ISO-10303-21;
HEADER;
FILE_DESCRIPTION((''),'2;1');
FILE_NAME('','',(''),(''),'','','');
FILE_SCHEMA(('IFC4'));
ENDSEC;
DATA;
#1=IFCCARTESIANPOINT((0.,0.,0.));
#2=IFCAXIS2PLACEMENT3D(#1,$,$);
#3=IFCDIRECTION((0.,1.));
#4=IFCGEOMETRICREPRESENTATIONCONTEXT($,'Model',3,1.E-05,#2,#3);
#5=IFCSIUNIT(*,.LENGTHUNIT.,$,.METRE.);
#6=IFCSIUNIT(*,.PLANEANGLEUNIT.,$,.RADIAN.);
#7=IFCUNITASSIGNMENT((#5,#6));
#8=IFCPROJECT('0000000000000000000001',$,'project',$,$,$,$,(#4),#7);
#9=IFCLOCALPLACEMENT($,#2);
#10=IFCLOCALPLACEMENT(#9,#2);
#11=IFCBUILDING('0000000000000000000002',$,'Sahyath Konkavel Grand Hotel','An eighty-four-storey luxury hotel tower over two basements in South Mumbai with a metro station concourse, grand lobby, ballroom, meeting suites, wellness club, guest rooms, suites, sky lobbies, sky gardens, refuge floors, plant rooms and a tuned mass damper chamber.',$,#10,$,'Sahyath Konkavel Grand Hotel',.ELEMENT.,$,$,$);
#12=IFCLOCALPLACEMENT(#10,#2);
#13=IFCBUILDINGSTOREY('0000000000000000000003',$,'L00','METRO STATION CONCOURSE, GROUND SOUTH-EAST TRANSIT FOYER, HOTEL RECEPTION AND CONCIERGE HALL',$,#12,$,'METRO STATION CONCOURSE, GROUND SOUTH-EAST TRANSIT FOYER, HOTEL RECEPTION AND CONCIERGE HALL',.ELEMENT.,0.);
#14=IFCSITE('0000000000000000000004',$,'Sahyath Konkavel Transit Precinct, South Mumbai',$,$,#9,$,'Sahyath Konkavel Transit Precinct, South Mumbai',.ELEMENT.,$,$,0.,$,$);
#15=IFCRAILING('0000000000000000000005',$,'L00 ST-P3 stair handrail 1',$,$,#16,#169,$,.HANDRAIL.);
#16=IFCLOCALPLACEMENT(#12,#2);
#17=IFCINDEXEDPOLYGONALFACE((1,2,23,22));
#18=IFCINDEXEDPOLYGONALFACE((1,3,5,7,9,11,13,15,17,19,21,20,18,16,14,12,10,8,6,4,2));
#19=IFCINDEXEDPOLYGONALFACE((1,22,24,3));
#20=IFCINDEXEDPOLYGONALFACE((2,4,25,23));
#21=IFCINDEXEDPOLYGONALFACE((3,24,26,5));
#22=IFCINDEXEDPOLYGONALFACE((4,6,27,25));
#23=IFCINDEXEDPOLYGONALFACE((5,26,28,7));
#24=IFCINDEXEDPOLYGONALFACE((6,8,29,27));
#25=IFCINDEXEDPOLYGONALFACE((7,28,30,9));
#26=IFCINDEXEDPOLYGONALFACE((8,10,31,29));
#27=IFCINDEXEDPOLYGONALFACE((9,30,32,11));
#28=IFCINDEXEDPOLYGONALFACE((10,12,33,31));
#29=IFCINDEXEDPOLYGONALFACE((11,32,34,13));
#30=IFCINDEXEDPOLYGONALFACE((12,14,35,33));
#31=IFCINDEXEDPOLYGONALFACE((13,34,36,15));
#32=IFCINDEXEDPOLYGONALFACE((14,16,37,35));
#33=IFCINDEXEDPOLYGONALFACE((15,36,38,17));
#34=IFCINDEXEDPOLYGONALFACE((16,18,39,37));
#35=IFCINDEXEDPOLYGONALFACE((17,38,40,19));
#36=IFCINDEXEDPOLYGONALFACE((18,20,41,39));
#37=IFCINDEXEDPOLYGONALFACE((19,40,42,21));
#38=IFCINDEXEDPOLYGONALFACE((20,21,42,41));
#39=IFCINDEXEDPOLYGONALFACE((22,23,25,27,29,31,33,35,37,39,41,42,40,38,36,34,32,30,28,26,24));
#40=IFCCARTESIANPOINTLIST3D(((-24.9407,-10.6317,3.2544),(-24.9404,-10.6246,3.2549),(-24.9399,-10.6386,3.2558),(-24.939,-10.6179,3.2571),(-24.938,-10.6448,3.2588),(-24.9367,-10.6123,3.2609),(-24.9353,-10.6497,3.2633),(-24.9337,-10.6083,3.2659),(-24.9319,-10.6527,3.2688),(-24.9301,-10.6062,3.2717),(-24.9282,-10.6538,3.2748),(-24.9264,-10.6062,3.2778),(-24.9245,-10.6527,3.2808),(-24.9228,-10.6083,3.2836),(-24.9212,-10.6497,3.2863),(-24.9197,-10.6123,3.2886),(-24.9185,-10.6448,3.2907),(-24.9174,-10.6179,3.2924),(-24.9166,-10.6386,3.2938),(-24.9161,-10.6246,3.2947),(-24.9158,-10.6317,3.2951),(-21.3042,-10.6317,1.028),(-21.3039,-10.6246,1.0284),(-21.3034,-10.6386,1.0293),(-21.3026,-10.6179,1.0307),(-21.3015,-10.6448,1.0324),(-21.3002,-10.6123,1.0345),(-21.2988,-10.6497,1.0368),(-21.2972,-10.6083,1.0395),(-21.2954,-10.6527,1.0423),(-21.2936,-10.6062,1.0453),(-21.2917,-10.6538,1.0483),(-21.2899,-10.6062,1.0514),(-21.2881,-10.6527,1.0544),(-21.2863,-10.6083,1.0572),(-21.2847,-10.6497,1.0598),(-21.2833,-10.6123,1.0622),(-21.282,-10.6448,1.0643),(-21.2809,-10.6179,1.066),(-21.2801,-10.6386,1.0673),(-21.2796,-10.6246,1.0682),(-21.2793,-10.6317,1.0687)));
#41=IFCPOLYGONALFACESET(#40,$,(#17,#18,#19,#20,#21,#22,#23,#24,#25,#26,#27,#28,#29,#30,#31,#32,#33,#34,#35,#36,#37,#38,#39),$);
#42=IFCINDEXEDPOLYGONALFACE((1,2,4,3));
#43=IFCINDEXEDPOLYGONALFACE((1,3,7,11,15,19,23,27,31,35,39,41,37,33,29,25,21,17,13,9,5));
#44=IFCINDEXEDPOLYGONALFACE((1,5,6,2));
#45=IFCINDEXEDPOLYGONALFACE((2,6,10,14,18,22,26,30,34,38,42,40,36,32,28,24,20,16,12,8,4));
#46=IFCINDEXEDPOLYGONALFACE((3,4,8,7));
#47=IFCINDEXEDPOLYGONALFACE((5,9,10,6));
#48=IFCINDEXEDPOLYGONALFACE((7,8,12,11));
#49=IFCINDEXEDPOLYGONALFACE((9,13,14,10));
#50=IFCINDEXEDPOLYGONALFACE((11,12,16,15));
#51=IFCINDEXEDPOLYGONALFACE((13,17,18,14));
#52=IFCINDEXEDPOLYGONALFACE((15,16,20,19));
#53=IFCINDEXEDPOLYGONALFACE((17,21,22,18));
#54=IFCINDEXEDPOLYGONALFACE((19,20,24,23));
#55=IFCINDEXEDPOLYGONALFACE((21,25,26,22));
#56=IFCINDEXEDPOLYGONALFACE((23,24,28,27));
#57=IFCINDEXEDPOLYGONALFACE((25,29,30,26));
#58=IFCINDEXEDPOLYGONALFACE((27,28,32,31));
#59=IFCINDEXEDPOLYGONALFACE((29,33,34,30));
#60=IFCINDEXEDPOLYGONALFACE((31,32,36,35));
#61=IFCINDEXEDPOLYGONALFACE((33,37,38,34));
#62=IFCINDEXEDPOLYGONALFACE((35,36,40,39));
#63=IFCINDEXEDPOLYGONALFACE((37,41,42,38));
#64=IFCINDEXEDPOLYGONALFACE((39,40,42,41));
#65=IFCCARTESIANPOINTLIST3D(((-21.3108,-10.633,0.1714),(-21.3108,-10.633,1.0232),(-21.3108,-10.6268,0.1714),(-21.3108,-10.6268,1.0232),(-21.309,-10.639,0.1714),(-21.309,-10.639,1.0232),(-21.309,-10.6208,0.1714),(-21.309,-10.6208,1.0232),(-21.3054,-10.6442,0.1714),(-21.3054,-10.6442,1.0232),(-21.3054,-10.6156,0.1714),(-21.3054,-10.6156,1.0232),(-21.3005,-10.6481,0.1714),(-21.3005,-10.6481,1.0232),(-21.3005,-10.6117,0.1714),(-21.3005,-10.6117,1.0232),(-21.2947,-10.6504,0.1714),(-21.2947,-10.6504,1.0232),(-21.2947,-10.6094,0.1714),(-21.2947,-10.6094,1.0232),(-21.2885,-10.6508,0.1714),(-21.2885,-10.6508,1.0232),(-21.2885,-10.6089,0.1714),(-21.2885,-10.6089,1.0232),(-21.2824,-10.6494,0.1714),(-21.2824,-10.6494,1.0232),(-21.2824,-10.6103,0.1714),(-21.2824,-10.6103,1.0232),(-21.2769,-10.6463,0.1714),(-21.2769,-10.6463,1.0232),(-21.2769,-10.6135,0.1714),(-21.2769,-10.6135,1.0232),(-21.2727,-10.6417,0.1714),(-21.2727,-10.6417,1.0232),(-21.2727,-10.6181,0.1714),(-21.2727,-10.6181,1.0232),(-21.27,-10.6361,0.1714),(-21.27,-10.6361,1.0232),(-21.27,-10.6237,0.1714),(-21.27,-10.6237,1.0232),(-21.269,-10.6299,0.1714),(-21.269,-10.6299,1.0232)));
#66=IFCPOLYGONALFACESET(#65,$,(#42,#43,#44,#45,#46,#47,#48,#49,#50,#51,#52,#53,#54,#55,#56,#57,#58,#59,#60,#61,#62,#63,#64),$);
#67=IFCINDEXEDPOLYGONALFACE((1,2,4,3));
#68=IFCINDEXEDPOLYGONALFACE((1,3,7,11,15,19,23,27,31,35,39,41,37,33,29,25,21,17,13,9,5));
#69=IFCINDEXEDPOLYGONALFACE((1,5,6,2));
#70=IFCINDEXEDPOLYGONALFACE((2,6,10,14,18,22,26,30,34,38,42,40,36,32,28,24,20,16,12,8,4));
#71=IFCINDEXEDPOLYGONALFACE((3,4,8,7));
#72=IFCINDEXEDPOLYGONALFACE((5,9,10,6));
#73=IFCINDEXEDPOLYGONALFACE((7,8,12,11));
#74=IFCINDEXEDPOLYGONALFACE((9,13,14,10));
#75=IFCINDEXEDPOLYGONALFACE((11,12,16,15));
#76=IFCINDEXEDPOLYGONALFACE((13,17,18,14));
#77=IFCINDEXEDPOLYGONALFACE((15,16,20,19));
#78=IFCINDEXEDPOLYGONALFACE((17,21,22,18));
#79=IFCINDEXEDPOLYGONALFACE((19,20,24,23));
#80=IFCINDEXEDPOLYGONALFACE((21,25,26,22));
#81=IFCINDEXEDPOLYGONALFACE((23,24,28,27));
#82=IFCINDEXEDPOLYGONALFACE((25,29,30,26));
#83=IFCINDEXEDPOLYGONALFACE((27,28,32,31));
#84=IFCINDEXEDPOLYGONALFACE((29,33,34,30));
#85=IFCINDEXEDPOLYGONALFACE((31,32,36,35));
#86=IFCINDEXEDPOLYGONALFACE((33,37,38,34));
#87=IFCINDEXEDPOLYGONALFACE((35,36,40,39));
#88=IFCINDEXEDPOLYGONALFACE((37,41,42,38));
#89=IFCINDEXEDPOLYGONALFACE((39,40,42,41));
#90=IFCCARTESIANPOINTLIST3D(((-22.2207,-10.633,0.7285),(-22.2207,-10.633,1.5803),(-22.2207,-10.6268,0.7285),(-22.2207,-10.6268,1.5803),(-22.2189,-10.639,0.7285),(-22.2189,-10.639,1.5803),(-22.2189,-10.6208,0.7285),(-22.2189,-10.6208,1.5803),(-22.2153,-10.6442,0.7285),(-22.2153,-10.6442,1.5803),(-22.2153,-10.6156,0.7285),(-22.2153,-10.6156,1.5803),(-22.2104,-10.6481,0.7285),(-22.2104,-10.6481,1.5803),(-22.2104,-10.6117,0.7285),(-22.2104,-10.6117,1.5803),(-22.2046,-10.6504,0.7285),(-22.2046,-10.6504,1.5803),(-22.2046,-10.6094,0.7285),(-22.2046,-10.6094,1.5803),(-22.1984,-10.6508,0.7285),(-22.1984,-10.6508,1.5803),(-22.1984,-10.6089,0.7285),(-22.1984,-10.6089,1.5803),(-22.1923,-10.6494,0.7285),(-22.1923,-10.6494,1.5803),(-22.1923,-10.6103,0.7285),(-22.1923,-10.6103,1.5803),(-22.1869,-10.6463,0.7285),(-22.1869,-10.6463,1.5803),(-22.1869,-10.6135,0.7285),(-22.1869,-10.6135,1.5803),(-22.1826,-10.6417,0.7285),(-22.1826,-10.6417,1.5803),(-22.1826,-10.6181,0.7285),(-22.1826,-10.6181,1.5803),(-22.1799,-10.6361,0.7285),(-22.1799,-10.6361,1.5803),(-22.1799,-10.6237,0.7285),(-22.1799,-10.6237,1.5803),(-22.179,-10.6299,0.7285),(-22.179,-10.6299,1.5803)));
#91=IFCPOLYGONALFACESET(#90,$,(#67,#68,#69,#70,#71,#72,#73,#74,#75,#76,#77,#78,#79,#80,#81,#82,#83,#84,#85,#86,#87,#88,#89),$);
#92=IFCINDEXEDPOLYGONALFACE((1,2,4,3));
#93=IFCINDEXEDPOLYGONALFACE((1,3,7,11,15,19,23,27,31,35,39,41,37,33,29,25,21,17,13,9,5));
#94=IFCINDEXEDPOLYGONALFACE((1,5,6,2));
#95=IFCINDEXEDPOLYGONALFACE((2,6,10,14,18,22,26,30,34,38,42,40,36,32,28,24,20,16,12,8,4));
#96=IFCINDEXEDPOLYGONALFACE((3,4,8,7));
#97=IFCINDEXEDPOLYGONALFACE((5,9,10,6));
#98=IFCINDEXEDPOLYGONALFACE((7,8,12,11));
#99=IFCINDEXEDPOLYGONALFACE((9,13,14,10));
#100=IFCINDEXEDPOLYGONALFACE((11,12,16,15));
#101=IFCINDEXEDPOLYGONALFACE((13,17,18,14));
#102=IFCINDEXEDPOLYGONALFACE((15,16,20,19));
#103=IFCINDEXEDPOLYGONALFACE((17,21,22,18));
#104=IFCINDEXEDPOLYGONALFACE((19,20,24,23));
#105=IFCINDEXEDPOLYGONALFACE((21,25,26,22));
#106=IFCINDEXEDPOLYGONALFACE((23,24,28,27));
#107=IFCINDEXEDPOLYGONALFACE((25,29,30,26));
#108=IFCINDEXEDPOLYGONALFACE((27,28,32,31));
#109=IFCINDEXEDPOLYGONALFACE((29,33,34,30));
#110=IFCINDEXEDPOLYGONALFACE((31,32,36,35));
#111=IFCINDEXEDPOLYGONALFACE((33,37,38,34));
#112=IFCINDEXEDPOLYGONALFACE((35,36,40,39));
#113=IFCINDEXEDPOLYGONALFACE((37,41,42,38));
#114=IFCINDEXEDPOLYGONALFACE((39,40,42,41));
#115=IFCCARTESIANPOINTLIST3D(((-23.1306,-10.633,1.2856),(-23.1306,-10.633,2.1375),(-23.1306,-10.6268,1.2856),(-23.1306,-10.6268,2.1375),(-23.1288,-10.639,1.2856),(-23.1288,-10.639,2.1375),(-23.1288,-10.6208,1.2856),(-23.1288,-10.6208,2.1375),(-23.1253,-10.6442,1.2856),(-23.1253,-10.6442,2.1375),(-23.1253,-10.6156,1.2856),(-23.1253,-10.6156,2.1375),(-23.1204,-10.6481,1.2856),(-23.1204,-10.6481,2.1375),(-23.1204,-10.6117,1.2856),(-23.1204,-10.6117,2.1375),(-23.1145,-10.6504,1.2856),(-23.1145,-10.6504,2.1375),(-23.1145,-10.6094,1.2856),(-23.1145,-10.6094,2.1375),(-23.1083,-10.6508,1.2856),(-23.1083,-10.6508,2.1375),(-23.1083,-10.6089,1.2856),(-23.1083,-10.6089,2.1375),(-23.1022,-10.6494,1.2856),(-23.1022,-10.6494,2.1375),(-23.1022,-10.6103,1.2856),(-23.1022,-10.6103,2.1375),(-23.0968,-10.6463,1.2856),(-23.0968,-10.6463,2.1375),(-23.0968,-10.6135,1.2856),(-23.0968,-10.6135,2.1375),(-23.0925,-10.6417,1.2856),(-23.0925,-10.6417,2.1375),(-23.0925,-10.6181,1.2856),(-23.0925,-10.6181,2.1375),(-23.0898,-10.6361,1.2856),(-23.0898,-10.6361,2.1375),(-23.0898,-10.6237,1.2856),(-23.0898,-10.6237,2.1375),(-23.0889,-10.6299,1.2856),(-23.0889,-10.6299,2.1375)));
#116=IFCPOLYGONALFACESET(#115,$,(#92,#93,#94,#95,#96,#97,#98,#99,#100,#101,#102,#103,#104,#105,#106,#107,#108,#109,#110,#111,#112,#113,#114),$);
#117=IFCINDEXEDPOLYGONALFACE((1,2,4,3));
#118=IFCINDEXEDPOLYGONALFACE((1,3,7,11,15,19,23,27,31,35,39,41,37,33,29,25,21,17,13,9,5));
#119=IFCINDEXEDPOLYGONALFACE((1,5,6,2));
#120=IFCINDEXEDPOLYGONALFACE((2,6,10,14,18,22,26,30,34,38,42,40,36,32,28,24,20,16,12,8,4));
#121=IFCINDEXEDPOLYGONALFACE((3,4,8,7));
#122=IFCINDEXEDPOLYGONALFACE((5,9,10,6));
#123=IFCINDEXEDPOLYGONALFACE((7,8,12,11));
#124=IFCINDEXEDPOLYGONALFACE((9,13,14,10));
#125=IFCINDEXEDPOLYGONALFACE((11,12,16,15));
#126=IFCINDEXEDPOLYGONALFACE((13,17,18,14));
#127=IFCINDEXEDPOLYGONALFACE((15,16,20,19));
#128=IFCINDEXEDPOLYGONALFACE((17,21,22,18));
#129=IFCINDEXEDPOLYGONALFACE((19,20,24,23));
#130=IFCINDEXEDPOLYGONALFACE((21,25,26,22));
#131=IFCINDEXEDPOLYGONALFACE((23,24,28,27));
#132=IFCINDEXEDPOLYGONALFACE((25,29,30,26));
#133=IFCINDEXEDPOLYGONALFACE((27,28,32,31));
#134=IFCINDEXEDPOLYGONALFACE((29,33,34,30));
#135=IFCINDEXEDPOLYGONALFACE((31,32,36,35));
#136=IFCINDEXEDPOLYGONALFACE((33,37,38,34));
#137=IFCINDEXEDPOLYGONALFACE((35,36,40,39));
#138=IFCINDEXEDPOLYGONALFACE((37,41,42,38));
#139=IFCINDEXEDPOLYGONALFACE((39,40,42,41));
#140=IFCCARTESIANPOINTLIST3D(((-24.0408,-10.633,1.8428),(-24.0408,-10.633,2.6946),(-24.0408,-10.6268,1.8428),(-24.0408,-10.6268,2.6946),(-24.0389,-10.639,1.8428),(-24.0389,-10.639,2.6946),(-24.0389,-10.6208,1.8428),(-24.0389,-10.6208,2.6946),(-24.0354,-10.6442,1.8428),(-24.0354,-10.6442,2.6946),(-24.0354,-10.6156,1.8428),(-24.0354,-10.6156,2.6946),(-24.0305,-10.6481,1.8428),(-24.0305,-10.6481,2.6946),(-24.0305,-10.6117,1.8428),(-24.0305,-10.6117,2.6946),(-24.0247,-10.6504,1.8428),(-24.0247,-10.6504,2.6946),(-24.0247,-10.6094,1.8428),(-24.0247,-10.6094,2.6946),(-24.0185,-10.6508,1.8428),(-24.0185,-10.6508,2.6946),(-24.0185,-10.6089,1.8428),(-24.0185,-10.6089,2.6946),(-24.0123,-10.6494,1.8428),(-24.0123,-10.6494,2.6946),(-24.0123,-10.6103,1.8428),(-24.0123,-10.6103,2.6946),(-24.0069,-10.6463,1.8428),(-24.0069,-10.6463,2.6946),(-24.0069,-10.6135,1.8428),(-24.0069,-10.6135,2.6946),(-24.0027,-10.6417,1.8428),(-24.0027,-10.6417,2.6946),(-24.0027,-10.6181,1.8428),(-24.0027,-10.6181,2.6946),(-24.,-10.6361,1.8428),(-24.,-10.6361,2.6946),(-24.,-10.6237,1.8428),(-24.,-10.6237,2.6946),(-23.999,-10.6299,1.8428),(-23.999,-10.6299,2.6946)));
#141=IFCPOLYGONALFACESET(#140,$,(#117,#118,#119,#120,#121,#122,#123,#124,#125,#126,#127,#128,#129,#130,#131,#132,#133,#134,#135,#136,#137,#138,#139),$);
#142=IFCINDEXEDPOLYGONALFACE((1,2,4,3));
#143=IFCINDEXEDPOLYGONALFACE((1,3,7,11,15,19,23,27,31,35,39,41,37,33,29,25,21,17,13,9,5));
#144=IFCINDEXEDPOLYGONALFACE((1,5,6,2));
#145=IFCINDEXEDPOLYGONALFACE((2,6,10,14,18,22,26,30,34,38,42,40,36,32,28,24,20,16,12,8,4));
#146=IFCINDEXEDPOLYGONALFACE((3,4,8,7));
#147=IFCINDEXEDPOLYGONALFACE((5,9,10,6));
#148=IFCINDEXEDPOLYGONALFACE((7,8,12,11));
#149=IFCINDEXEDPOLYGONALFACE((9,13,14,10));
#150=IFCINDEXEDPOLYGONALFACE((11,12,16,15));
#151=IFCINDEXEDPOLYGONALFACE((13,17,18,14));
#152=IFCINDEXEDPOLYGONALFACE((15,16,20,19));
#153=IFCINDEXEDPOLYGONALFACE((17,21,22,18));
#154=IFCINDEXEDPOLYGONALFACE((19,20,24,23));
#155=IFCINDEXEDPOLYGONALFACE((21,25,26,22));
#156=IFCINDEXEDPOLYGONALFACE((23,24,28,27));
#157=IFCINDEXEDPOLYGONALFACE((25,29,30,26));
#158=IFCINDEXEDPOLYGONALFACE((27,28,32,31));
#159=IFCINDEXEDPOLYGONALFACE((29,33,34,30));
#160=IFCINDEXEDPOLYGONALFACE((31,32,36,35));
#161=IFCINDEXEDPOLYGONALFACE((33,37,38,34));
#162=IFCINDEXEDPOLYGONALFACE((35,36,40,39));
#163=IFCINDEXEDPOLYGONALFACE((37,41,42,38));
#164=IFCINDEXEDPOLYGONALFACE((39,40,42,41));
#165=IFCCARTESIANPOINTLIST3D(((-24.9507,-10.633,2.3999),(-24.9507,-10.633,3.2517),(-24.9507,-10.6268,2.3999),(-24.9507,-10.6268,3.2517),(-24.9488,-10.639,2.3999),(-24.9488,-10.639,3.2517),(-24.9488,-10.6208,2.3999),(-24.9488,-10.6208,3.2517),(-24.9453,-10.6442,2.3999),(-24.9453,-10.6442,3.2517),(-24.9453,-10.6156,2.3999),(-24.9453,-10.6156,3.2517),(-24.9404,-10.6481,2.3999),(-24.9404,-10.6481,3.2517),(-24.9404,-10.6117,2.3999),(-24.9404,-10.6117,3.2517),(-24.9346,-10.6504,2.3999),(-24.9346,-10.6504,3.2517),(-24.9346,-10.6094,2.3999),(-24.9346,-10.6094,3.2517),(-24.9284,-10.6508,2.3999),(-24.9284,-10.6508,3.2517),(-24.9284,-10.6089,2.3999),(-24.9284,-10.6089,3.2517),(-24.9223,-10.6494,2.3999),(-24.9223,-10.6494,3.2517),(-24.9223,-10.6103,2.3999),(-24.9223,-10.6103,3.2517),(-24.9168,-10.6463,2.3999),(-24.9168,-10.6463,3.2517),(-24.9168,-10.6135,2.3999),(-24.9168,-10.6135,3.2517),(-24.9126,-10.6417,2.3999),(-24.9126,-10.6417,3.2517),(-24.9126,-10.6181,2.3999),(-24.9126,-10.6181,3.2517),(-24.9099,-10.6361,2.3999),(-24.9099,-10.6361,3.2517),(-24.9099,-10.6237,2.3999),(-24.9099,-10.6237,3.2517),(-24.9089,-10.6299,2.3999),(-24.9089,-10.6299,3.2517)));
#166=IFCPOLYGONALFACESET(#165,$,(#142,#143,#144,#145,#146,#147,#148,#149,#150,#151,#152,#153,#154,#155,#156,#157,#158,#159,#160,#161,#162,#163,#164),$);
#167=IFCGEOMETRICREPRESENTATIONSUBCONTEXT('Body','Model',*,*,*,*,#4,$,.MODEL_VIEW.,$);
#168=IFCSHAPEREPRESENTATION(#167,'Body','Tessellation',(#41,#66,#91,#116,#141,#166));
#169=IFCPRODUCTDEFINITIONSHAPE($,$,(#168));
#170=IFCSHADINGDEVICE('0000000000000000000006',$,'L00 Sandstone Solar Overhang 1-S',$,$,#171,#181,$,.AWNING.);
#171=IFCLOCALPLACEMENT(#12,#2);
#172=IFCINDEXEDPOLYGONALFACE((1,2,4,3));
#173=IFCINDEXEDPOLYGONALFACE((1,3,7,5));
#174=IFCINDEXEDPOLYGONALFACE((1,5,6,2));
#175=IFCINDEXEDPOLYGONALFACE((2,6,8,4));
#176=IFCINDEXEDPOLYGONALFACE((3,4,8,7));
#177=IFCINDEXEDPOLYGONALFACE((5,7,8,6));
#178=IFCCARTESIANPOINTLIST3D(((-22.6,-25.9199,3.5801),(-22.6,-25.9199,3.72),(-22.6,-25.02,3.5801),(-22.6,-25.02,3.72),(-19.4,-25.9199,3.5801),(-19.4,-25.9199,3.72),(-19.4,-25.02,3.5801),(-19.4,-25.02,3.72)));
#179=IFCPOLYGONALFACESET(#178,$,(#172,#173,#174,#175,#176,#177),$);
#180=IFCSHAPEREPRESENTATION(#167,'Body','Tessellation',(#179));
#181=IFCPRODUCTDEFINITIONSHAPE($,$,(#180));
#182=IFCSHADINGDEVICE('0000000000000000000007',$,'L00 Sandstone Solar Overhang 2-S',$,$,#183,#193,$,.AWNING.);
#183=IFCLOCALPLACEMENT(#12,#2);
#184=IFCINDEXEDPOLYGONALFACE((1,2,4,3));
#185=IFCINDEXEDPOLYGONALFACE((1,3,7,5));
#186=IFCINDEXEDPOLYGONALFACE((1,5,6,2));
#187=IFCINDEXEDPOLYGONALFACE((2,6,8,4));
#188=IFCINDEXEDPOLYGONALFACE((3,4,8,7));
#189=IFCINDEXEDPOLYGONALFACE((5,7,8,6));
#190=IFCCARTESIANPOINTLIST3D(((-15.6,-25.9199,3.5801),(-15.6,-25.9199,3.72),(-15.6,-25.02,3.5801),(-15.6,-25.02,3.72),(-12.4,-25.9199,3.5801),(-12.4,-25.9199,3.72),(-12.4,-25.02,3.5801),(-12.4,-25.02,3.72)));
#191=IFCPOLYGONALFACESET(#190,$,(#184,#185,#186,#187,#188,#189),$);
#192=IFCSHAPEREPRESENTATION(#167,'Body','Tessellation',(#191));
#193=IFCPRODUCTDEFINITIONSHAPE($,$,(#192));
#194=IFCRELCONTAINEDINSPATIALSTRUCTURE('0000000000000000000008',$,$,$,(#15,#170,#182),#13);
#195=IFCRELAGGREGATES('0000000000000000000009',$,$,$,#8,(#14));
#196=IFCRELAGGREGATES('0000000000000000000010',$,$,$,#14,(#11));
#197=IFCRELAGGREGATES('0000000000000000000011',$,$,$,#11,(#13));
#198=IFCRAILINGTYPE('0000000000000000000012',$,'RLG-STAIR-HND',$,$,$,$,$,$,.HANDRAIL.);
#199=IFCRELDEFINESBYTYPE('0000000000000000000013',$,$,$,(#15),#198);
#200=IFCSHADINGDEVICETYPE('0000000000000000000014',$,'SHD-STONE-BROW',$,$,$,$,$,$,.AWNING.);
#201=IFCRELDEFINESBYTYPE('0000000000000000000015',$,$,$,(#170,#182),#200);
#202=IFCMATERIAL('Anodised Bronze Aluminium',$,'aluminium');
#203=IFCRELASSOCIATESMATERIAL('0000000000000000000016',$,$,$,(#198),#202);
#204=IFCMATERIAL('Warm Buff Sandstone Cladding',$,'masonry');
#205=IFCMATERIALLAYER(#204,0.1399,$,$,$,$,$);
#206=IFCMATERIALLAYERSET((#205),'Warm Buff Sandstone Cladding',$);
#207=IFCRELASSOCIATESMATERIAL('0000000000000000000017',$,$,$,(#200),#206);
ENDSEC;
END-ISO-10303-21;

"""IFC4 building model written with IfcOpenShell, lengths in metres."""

from ifc_helpers import new_model, si_unit, direction, frame, origin, origin_2d, place, context, subcontext, project, spatial, rectangle, circle, extrude, source, transform, mapped, material, layer, layer_set, type_object, element, save


model = new_model("IFC4")

# Units and contexts
model_context = context("Model", 3, precision=1e-05, world=origin(), true_north=direction((0.0, 1.0)))
body_context = subcontext(model_context, "Body", "Model", "MODEL_VIEW")
ifc_project = project(units=[si_unit("LENGTHUNIT", "METRE"), si_unit("PLANEANGLEUNIT", "RADIAN")], contexts=[model_context])

# Site, building, storey
site_placement = place(None, origin())
site = spatial("IfcSite", under=ifc_project, at=site_placement, Name="Sahyath Konkavel Transit Precinct, South Mumbai", LongName="Sahyath Konkavel Transit Precinct, South Mumbai", CompositionType="ELEMENT", RefElevation=0.0)
building_placement = place(site_placement, origin())
building = spatial("IfcBuilding", under=site, at=building_placement, Name="Sahyath Konkavel Grand Hotel", Description="An eighty-four-storey luxury hotel tower over two basements in South Mumbai with a metro station concourse, grand lobby, ballroom, meeting suites, wellness club, guest rooms, suites, sky lobbies, sky gardens, refuge floors, plant rooms and a tuned mass damper chamber.", LongName="Sahyath Konkavel Grand Hotel", CompositionType="ELEMENT")
storey_placement = place(building_placement, origin())
storey = spatial("IfcBuildingStorey", under=building, at=storey_placement, Name="L00", Description="METRO STATION CONCOURSE, GROUND SOUTH-EAST TRANSIT FOYER, HOTEL RECEPTION AND CONCIERGE HALL", LongName="METRO STATION CONCOURSE, GROUND SOUTH-EAST TRANSIT FOYER, HOTEL RECEPTION AND CONCIERGE HALL", CompositionType="ELEMENT", Elevation=0.0)

# Railing
ifc_material_1 = material(Name="Anodised Bronze Aluminium", Category="aluminium")
railing_type_1 = type_object("IfcRailingType", Name="RLG-STAIR-HND", PredefinedType="HANDRAIL", material=ifc_material_1)
railing_1_placement = place(storey_placement, frame((-21.29, -10.6299, 0.1714)))
element("IfcRailing", 1, at=railing_1_placement, inside=storey, type_object=railing_type_1, Name="L00 ST-P3 stair handrail 1", PredefinedType="HANDRAIL", context=body_context, shape_type="SweptSolid", body=[
    extrude(circle(Radius=0.0239, at=origin_2d()), frame((-0.0017, 0.0, 0.877), z_axis=(-0.85285, 0.0, 0.522156), x_axis=(0.0, -1.0, 0.0)), (0.0, 0.0, 1.0), 4.2639),
    extrude(circle(Radius=0.021, at=origin_2d()), origin(), (0.0, 0.0, 1.0), 0.8518),
    extrude(circle(Radius=0.021, at=origin_2d()), frame((-0.9099, 0.0, 0.5571)), (0.0, 0.0, 1.0), 0.8518),
    extrude(circle(Radius=0.021, at=origin_2d()), frame((-1.8198, 0.0, 1.1143)), (0.0, 0.0, 1.0), 0.8518),
    extrude(circle(Radius=0.021, at=origin_2d()), frame((-2.73, 0.0, 1.6714)), (0.0, 0.0, 1.0), 0.8518),
    extrude(circle(Radius=0.021, at=origin_2d()), frame((-3.6399, 0.0, 2.2285)), (0.0, 0.0, 1.0), 0.8518),
])

# Shading devices
ifc_material_2 = material(Name="Warm Buff Sandstone Cladding", Category="masonry")
ifc_layer_1 = layer(ifc_material_2, 0.1399)
ifc_layer_set_1 = layer_set([ifc_layer_1], Name="Warm Buff Sandstone Cladding")
shading_device_type = type_object("IfcShadingDeviceType", Name="SHD-STONE-BROW", PredefinedType="AWNING", material=ifc_layer_set_1)
shared_shape_1 = source(origin(), body_context, "Body", "SweptSolid", [
    extrude(rectangle(XDim=3.2, YDim=0.8999, at=origin_2d()), origin(), (0.0, 0.0, 1.0), 0.1399),
])
for number, where, z_axis, x_axis, name in (
    (2, (-21.0, -25.47, 3.5801), (0.0, 0.0, 1.0), (1.0, 0.0, 0.0), "L00 Sandstone Solar Overhang 1-S"),
    (3, (-14.0, -25.47, 3.5801), (0.0, 0.0, 1.0), (1.0, 0.0, 0.0), "L00 Sandstone Solar Overhang 2-S"),
):
    element("IfcShadingDevice", number, at=place(storey_placement, frame(where, z_axis=z_axis, x_axis=x_axis)), inside=storey, type_object=shading_device_type, Name=name, PredefinedType="AWNING", context=body_context, shape_type="MappedRepresentation", body=[
        mapped(shared_shape_1, transform((0.0, 0.0, 0.0), scale=1.0)),
    ])

save(model, "model.ifc")
